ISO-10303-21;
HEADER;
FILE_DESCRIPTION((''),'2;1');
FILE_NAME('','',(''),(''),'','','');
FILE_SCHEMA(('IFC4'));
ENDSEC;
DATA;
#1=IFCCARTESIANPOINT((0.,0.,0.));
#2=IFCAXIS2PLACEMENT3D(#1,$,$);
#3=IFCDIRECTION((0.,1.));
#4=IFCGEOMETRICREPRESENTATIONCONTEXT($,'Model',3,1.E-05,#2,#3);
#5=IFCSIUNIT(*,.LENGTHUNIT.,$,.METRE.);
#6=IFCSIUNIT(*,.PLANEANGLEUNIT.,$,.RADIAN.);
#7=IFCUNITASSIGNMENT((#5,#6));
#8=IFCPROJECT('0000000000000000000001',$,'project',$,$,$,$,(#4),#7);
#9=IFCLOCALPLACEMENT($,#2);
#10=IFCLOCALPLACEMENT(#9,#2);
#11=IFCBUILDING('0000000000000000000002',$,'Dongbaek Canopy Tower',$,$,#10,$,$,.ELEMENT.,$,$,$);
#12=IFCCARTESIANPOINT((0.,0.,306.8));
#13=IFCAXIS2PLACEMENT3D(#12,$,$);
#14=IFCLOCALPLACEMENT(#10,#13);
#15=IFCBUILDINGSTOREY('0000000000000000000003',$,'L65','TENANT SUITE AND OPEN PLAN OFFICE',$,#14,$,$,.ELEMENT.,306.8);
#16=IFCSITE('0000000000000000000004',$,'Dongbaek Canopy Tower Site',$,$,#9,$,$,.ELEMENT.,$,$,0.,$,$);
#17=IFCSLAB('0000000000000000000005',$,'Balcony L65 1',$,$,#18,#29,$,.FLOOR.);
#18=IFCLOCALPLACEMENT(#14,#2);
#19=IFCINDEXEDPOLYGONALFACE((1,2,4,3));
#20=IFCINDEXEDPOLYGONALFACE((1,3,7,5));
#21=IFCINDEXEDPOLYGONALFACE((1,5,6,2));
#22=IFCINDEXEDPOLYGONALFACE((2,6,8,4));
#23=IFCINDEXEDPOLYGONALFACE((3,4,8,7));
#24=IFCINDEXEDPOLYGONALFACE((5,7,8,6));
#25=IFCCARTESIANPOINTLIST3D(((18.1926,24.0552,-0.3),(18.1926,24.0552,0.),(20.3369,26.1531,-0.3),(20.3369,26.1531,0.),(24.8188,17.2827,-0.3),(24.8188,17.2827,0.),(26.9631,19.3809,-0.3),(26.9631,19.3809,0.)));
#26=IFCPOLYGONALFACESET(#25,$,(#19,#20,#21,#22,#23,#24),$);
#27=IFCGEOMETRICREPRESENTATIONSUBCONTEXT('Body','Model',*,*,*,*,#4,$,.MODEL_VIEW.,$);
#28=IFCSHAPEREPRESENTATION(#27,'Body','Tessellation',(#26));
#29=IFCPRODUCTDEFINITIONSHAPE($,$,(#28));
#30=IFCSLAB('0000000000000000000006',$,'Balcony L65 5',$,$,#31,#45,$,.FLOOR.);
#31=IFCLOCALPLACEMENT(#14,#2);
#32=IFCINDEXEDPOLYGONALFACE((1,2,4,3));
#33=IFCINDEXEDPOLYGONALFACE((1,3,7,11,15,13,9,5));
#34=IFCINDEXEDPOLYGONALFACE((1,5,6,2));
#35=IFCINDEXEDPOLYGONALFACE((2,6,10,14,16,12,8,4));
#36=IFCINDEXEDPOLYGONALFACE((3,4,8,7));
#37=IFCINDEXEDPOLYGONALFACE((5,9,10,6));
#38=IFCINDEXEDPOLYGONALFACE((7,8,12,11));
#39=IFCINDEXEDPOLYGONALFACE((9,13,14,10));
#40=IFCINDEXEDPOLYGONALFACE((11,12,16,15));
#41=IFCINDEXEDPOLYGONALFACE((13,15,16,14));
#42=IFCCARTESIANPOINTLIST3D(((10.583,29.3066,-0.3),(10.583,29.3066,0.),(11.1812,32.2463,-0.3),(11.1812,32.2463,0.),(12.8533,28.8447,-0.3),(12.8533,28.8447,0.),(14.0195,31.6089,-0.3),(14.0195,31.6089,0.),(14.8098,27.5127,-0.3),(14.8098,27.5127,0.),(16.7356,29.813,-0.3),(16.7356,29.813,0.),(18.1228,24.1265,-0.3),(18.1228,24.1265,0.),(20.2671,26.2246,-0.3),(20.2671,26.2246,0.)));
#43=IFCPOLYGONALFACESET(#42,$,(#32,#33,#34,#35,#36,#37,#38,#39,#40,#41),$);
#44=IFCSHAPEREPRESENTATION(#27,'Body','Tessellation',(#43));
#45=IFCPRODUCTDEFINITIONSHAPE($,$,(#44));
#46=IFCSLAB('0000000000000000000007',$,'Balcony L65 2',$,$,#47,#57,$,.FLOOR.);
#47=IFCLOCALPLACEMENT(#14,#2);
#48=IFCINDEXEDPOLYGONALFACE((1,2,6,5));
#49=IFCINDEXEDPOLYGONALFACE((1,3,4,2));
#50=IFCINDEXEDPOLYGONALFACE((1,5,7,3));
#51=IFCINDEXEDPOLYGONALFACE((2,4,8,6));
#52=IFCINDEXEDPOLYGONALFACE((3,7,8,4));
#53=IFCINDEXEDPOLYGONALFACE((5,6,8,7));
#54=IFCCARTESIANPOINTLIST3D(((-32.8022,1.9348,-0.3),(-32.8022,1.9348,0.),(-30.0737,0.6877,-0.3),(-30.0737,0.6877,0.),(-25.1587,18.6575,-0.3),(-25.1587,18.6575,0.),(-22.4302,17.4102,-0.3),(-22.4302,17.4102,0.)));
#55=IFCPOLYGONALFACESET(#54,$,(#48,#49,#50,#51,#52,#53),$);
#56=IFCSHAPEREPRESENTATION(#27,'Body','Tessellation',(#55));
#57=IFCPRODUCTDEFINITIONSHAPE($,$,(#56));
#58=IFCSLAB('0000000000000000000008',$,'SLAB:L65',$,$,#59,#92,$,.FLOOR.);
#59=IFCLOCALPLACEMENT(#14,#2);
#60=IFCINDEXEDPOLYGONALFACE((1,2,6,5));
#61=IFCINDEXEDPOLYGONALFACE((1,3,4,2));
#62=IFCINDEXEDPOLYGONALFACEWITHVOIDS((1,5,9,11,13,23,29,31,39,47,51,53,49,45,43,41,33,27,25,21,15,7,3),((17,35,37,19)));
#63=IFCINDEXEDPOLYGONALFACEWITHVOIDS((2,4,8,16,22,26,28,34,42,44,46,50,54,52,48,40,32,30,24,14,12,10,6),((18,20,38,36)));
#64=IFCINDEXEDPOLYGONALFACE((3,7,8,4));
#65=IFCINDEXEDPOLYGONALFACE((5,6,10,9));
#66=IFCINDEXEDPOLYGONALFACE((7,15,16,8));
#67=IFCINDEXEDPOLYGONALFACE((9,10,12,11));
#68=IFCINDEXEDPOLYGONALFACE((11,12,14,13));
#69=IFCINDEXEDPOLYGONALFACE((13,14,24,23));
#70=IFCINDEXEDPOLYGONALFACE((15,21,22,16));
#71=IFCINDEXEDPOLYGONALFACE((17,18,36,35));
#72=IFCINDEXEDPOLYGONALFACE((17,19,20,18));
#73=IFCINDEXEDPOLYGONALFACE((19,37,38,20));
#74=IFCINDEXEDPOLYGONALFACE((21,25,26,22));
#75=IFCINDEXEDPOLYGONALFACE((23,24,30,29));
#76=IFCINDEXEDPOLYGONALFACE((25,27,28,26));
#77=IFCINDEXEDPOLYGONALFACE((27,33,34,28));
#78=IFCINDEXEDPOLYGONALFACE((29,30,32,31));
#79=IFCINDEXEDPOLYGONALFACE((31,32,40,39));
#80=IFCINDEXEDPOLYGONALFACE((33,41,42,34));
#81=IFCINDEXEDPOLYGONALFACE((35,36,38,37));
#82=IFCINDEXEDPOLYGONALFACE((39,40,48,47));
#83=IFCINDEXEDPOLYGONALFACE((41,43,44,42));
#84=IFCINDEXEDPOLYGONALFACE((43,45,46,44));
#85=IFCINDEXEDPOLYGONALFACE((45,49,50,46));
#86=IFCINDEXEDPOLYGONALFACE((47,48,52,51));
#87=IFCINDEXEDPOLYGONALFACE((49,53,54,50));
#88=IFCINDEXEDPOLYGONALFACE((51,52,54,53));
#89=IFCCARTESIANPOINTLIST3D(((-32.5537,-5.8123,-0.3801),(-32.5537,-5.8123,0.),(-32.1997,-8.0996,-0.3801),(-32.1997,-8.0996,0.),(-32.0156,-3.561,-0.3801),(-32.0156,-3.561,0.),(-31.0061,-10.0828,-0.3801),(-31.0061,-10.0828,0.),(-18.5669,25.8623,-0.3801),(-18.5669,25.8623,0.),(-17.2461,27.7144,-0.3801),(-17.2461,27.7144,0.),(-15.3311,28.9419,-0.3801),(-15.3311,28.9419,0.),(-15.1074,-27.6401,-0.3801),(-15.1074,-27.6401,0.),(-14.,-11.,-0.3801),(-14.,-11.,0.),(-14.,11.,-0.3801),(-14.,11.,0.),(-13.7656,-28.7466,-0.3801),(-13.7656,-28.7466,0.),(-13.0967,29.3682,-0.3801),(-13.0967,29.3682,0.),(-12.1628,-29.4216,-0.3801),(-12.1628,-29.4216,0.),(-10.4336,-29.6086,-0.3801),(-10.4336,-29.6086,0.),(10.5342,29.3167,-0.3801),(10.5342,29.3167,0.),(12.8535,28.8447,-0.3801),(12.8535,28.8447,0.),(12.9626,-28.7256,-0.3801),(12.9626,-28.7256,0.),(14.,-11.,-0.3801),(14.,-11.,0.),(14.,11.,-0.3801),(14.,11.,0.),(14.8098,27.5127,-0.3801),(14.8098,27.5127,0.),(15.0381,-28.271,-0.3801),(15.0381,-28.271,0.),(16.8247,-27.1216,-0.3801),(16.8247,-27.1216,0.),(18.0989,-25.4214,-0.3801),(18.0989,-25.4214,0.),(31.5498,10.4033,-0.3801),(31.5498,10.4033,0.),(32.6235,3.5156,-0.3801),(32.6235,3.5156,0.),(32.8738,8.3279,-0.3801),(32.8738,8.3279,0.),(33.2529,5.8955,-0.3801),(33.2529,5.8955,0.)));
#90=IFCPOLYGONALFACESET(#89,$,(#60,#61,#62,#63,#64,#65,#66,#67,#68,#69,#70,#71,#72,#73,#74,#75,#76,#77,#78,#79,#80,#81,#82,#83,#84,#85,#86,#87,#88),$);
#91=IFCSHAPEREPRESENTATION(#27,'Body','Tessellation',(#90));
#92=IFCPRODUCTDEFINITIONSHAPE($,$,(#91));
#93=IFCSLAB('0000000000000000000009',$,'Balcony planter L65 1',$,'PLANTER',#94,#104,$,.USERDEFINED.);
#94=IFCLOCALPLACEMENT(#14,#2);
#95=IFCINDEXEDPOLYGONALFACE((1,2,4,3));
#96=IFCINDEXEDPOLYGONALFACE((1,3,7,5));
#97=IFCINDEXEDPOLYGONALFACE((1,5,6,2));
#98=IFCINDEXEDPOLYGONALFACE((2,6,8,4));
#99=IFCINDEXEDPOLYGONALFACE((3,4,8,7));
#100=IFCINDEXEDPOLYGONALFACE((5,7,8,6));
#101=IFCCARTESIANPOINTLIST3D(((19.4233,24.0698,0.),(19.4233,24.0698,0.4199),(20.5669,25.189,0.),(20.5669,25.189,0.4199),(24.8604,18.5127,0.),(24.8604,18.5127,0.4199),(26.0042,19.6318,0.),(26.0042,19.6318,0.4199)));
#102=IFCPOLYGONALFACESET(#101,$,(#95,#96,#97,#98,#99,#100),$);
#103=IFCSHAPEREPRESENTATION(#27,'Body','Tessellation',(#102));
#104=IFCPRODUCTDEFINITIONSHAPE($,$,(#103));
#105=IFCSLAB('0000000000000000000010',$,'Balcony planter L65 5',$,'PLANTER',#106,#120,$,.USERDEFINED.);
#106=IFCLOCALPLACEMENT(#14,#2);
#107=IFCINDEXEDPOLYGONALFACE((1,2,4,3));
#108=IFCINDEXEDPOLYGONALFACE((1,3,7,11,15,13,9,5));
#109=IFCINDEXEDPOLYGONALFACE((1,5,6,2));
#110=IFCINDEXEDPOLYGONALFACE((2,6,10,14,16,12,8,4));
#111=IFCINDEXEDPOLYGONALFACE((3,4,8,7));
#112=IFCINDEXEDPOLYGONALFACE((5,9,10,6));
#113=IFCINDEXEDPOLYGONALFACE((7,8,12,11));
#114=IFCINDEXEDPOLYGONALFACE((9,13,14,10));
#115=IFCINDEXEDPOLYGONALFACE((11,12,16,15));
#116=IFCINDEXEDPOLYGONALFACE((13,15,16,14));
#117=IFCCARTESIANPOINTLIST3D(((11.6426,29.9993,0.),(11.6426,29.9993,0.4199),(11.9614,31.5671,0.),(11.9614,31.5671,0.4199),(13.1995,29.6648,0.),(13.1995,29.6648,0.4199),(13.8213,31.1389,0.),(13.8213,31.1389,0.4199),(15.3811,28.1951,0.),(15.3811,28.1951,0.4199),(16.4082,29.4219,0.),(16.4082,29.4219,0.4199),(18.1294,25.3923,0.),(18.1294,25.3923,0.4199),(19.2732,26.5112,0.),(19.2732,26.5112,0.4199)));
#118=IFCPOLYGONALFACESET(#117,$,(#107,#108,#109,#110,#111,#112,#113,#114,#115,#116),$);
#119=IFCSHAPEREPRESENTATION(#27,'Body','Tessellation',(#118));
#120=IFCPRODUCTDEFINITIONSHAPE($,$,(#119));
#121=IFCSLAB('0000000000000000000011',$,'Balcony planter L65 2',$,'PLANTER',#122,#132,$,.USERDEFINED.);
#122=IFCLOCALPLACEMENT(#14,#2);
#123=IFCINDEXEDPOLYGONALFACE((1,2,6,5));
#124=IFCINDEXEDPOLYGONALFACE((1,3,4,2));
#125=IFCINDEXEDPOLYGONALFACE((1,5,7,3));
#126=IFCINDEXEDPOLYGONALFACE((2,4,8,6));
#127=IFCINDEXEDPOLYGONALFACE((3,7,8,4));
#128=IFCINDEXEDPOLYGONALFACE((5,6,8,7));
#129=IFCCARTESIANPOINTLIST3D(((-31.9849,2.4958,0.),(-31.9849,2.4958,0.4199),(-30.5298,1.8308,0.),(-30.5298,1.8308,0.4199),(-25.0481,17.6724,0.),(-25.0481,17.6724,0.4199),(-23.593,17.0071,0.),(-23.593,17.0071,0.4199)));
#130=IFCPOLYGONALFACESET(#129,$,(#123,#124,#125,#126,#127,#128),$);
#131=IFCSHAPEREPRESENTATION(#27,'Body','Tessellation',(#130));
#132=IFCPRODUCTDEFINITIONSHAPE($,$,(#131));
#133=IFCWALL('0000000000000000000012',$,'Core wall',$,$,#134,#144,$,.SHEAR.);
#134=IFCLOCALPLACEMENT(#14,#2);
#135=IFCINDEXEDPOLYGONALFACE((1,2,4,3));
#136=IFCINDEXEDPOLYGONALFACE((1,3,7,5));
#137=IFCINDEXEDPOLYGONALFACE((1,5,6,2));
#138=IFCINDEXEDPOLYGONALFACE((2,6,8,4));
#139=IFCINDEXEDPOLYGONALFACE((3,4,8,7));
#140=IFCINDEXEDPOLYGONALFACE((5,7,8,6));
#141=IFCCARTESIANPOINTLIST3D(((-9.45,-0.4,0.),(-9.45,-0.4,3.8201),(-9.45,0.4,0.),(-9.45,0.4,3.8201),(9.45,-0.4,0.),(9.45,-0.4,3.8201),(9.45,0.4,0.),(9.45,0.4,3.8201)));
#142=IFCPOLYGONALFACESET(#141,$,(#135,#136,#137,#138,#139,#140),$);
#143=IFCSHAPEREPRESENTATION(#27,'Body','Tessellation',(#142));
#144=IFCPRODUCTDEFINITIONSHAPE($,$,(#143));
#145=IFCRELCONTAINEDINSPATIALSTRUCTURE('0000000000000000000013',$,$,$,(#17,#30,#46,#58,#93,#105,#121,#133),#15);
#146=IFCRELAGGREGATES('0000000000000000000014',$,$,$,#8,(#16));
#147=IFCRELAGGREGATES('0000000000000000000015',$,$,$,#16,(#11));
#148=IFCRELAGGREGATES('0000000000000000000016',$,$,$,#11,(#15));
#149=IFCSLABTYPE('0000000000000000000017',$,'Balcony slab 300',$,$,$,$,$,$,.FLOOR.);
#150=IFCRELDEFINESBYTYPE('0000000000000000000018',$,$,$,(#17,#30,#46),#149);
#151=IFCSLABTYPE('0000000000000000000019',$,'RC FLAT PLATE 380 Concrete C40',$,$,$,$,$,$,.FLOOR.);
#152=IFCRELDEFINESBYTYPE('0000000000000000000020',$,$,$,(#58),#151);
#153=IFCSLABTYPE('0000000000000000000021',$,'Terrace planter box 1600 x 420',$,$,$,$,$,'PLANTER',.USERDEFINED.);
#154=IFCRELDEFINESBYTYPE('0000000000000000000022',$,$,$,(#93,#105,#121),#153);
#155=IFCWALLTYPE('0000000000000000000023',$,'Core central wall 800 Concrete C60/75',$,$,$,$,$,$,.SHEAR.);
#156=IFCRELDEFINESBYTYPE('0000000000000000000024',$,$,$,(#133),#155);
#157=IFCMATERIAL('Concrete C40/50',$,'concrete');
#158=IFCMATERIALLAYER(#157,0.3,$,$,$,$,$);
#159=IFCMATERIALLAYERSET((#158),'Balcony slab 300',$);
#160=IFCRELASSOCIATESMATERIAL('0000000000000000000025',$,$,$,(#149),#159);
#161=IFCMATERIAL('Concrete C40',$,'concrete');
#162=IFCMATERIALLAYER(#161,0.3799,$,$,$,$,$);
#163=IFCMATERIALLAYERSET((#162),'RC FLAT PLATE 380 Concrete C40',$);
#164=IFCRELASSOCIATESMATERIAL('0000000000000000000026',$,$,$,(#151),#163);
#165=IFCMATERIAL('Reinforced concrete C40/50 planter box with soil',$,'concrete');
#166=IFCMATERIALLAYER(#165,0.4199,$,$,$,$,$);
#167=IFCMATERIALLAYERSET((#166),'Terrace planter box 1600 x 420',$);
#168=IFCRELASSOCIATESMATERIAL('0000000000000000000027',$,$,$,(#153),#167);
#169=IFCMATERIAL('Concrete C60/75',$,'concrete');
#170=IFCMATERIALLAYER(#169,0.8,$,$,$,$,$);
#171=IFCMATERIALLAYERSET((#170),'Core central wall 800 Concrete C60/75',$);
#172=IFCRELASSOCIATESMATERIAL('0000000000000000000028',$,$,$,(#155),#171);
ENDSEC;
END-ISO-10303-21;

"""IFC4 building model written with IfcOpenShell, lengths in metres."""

from ifc_helpers import new_model, si_unit, direction, frame, frame_2d, origin, place, context, subcontext, project, spatial, polyline, rectangle, outline, extrude, material, layer, layer_set, type_object, element, save


model = new_model("IFC4")

# Units and contexts
model_context = context("Model", 3, precision=1e-05, world=origin(), true_north=direction((0.0, 1.0)))
body_context = subcontext(model_context, "Body", "Model", "MODEL_VIEW")
ifc_project = project(units=[si_unit("LENGTHUNIT", "METRE"), si_unit("PLANEANGLEUNIT", "RADIAN")], contexts=[model_context])

# Site, building, storey
site_placement = place(None, origin())
site = spatial("IfcSite", under=ifc_project, at=site_placement, Name="Dongbaek Canopy Tower Site", CompositionType="ELEMENT", RefElevation=0.0)
building_placement = place(site_placement, origin())
building = spatial("IfcBuilding", under=site, at=building_placement, Name="Dongbaek Canopy Tower", CompositionType="ELEMENT")
storey_placement = place(building_placement, frame((0.0, 0.0, 306.8)))
storey = spatial("IfcBuildingStorey", under=building, at=storey_placement, Name="L65", Description="TENANT SUITE AND OPEN PLAN OFFICE", CompositionType="ELEMENT", Elevation=306.8)

# Slabs
ifc_material_1 = material(Name="Concrete C40/50", Category="concrete")
ifc_layer_1 = layer(ifc_material_1, 0.3)
ifc_layer_set_1 = layer_set([ifc_layer_1], Name="Balcony slab 300")
slab_type_1 = type_object("IfcSlabType", Name="Balcony slab 300", PredefinedType="FLOOR", material=ifc_layer_set_1)
slab_1_placement = place(storey_placement, frame((0.0, 0.0, -0.3)))
element("IfcSlab", 1, at=slab_1_placement, inside=storey, type_object=slab_type_1, Name="Balcony L65 1", PredefinedType="FLOOR", context=body_context, shape_type="SweptSolid", body=[
    extrude(outline(polyline([(24.8188, 17.2827), (18.1926, 24.0552), (20.3369, 26.1531), (26.9631, 19.3809), (24.8188, 17.2827)])), origin(), (0.0, 0.0, 1.0), 0.3),
])
slab_2_placement = place(storey_placement, frame((0.0, 0.0, -0.3)))
element("IfcSlab", 2, at=slab_2_placement, inside=storey, type_object=slab_type_1, Name="Balcony L65 5", PredefinedType="FLOOR", context=body_context, shape_type="SweptSolid", body=[
    extrude(outline(polyline([(18.1228, 24.1265), (14.8098, 27.5127), (12.8533, 28.8447), (10.583, 29.3066), (11.1812, 32.2463), (14.0195, 31.6089), (16.7356, 29.813), (20.2671, 26.2246), (18.1228, 24.1265)])), origin(), (0.0, 0.0, 1.0), 0.3),
])
slab_3_placement = place(storey_placement, frame((0.0, 0.0, -0.3)))
element("IfcSlab", 3, at=slab_3_placement, inside=storey, type_object=slab_type_1, Name="Balcony L65 2", PredefinedType="FLOOR", context=body_context, shape_type="SweptSolid", body=[
    extrude(outline(polyline([(-22.4302, 17.4102), (-30.0737, 0.6877), (-32.8022, 1.9348), (-25.1587, 18.6575), (-22.4302, 17.4102)])), origin(), (0.0, 0.0, 1.0), 0.3),
])
ifc_material_2 = material(Name="Concrete C40", Category="concrete")
ifc_layer_2 = layer(ifc_material_2, 0.3799)
ifc_layer_set_2 = layer_set([ifc_layer_2], Name="RC FLAT PLATE 380 Concrete C40")
slab_type_2 = type_object("IfcSlabType", Name="RC FLAT PLATE 380 Concrete C40", PredefinedType="FLOOR", material=ifc_layer_set_2)
slab_4_placement = place(storey_placement, frame((0.0, 0.0, -0.3801)))
element("IfcSlab", 4, at=slab_4_placement, inside=storey, type_object=slab_type_2, Name="SLAB:L65", PredefinedType="FLOOR", context=body_context, shape_type="SweptSolid", body=[
    extrude(outline(polyline([(18.0989, -25.4214), (16.8247, -27.1216), (15.0381, -28.271), (12.9626, -28.7256), (-10.4336, -29.6086), (-12.1628, -29.4216), (-13.7656, -28.7466), (-15.1074, -27.6401), (-31.0061, -10.0828), (-32.1997, -8.0996), (-32.5537, -5.8123), (-32.0156, -3.561), (-18.5669, 25.8623), (-17.2461, 27.7144), (-15.3311, 28.9419), (-13.0967, 29.3682), (10.5342, 29.3167), (12.8535, 28.8447), (14.8098, 27.5127), (31.5498, 10.4033), (32.8738, 8.3279), (33.2529, 5.8955), (32.6235, 3.5156), (18.0989, -25.4214)]), holes=[polyline([(14.0, 11.0), (-14.0, 11.0), (-14.0, -11.0), (14.0, -11.0), (14.0, 11.0)])]), origin(), (0.0, 0.0, 1.0), 0.3801),
])
ifc_material_3 = material(Name="Reinforced concrete C40/50 planter box with soil", Category="concrete")
ifc_layer_3 = layer(ifc_material_3, 0.4199)
ifc_layer_set_3 = layer_set([ifc_layer_3], Name="Terrace planter box 1600 x 420")
slab_type_3 = type_object("IfcSlabType", Name="Terrace planter box 1600 x 420", ElementType="PLANTER", PredefinedType="USERDEFINED", material=ifc_layer_set_3)
slab_5_placement = place(storey_placement, origin())
element("IfcSlab", 5, at=slab_5_placement, inside=storey, type_object=slab_type_3, Name="Balcony planter L65 1", ObjectType="PLANTER", PredefinedType="USERDEFINED", context=body_context, shape_type="SweptSolid", body=[
    extrude(outline(polyline([(24.8604, 18.5127), (19.4233, 24.0698), (20.5669, 25.189), (26.0042, 19.6318), (24.8604, 18.5127)])), origin(), (0.0, 0.0, 1.0), 0.4199),
])
slab_6_placement = place(storey_placement, origin())
element("IfcSlab", 6, at=slab_6_placement, inside=storey, type_object=slab_type_3, Name="Balcony planter L65 5", ObjectType="PLANTER", PredefinedType="USERDEFINED", context=body_context, shape_type="SweptSolid", body=[
    extrude(outline(polyline([(18.1294, 25.3923), (15.3811, 28.1951), (13.1995, 29.6648), (11.6426, 29.9993), (11.9614, 31.5671), (13.8213, 31.1389), (16.4082, 29.4219), (19.2732, 26.5112), (18.1294, 25.3923)])), origin(), (0.0, 0.0, 1.0), 0.4199),
])
slab_7_placement = place(storey_placement, origin())
element("IfcSlab", 7, at=slab_7_placement, inside=storey, type_object=slab_type_3, Name="Balcony planter L65 2", ObjectType="PLANTER", PredefinedType="USERDEFINED", context=body_context, shape_type="SweptSolid", body=[
    extrude(outline(polyline([(-23.593, 17.0071), (-30.5298, 1.8308), (-31.9849, 2.4958), (-25.0481, 17.6724), (-23.593, 17.0071)])), origin(), (0.0, 0.0, 1.0), 0.4199),
])

# Wall
ifc_material_4 = material(Name="Concrete C60/75", Category="concrete")
ifc_layer_4 = layer(ifc_material_4, 0.8)
ifc_layer_set_4 = layer_set([ifc_layer_4], Name="Core central wall 800 Concrete C60/75")
wall_type_1 = type_object("IfcWallType", Name="Core central wall 800 Concrete C60/75", PredefinedType="SHEAR", material=ifc_layer_set_4)
wall_1_placement = place(storey_placement, frame((-9.45, 0.0, 0.0), z_axis=(0.0, 0.0, 1.0), x_axis=(1.0, 0.0, 0.0)))
element("IfcWall", 8, at=wall_1_placement, inside=storey, type_object=wall_type_1, Name="Core wall", PredefinedType="SHEAR", context=body_context, shape_type="SweptSolid", body=[
    extrude(rectangle(XDim=18.8999, YDim=0.8, at=frame_2d((9.45, 0.0))), origin(), (0.0, 0.0, 1.0), 3.8201),
])

save(model, "model.ifc")
